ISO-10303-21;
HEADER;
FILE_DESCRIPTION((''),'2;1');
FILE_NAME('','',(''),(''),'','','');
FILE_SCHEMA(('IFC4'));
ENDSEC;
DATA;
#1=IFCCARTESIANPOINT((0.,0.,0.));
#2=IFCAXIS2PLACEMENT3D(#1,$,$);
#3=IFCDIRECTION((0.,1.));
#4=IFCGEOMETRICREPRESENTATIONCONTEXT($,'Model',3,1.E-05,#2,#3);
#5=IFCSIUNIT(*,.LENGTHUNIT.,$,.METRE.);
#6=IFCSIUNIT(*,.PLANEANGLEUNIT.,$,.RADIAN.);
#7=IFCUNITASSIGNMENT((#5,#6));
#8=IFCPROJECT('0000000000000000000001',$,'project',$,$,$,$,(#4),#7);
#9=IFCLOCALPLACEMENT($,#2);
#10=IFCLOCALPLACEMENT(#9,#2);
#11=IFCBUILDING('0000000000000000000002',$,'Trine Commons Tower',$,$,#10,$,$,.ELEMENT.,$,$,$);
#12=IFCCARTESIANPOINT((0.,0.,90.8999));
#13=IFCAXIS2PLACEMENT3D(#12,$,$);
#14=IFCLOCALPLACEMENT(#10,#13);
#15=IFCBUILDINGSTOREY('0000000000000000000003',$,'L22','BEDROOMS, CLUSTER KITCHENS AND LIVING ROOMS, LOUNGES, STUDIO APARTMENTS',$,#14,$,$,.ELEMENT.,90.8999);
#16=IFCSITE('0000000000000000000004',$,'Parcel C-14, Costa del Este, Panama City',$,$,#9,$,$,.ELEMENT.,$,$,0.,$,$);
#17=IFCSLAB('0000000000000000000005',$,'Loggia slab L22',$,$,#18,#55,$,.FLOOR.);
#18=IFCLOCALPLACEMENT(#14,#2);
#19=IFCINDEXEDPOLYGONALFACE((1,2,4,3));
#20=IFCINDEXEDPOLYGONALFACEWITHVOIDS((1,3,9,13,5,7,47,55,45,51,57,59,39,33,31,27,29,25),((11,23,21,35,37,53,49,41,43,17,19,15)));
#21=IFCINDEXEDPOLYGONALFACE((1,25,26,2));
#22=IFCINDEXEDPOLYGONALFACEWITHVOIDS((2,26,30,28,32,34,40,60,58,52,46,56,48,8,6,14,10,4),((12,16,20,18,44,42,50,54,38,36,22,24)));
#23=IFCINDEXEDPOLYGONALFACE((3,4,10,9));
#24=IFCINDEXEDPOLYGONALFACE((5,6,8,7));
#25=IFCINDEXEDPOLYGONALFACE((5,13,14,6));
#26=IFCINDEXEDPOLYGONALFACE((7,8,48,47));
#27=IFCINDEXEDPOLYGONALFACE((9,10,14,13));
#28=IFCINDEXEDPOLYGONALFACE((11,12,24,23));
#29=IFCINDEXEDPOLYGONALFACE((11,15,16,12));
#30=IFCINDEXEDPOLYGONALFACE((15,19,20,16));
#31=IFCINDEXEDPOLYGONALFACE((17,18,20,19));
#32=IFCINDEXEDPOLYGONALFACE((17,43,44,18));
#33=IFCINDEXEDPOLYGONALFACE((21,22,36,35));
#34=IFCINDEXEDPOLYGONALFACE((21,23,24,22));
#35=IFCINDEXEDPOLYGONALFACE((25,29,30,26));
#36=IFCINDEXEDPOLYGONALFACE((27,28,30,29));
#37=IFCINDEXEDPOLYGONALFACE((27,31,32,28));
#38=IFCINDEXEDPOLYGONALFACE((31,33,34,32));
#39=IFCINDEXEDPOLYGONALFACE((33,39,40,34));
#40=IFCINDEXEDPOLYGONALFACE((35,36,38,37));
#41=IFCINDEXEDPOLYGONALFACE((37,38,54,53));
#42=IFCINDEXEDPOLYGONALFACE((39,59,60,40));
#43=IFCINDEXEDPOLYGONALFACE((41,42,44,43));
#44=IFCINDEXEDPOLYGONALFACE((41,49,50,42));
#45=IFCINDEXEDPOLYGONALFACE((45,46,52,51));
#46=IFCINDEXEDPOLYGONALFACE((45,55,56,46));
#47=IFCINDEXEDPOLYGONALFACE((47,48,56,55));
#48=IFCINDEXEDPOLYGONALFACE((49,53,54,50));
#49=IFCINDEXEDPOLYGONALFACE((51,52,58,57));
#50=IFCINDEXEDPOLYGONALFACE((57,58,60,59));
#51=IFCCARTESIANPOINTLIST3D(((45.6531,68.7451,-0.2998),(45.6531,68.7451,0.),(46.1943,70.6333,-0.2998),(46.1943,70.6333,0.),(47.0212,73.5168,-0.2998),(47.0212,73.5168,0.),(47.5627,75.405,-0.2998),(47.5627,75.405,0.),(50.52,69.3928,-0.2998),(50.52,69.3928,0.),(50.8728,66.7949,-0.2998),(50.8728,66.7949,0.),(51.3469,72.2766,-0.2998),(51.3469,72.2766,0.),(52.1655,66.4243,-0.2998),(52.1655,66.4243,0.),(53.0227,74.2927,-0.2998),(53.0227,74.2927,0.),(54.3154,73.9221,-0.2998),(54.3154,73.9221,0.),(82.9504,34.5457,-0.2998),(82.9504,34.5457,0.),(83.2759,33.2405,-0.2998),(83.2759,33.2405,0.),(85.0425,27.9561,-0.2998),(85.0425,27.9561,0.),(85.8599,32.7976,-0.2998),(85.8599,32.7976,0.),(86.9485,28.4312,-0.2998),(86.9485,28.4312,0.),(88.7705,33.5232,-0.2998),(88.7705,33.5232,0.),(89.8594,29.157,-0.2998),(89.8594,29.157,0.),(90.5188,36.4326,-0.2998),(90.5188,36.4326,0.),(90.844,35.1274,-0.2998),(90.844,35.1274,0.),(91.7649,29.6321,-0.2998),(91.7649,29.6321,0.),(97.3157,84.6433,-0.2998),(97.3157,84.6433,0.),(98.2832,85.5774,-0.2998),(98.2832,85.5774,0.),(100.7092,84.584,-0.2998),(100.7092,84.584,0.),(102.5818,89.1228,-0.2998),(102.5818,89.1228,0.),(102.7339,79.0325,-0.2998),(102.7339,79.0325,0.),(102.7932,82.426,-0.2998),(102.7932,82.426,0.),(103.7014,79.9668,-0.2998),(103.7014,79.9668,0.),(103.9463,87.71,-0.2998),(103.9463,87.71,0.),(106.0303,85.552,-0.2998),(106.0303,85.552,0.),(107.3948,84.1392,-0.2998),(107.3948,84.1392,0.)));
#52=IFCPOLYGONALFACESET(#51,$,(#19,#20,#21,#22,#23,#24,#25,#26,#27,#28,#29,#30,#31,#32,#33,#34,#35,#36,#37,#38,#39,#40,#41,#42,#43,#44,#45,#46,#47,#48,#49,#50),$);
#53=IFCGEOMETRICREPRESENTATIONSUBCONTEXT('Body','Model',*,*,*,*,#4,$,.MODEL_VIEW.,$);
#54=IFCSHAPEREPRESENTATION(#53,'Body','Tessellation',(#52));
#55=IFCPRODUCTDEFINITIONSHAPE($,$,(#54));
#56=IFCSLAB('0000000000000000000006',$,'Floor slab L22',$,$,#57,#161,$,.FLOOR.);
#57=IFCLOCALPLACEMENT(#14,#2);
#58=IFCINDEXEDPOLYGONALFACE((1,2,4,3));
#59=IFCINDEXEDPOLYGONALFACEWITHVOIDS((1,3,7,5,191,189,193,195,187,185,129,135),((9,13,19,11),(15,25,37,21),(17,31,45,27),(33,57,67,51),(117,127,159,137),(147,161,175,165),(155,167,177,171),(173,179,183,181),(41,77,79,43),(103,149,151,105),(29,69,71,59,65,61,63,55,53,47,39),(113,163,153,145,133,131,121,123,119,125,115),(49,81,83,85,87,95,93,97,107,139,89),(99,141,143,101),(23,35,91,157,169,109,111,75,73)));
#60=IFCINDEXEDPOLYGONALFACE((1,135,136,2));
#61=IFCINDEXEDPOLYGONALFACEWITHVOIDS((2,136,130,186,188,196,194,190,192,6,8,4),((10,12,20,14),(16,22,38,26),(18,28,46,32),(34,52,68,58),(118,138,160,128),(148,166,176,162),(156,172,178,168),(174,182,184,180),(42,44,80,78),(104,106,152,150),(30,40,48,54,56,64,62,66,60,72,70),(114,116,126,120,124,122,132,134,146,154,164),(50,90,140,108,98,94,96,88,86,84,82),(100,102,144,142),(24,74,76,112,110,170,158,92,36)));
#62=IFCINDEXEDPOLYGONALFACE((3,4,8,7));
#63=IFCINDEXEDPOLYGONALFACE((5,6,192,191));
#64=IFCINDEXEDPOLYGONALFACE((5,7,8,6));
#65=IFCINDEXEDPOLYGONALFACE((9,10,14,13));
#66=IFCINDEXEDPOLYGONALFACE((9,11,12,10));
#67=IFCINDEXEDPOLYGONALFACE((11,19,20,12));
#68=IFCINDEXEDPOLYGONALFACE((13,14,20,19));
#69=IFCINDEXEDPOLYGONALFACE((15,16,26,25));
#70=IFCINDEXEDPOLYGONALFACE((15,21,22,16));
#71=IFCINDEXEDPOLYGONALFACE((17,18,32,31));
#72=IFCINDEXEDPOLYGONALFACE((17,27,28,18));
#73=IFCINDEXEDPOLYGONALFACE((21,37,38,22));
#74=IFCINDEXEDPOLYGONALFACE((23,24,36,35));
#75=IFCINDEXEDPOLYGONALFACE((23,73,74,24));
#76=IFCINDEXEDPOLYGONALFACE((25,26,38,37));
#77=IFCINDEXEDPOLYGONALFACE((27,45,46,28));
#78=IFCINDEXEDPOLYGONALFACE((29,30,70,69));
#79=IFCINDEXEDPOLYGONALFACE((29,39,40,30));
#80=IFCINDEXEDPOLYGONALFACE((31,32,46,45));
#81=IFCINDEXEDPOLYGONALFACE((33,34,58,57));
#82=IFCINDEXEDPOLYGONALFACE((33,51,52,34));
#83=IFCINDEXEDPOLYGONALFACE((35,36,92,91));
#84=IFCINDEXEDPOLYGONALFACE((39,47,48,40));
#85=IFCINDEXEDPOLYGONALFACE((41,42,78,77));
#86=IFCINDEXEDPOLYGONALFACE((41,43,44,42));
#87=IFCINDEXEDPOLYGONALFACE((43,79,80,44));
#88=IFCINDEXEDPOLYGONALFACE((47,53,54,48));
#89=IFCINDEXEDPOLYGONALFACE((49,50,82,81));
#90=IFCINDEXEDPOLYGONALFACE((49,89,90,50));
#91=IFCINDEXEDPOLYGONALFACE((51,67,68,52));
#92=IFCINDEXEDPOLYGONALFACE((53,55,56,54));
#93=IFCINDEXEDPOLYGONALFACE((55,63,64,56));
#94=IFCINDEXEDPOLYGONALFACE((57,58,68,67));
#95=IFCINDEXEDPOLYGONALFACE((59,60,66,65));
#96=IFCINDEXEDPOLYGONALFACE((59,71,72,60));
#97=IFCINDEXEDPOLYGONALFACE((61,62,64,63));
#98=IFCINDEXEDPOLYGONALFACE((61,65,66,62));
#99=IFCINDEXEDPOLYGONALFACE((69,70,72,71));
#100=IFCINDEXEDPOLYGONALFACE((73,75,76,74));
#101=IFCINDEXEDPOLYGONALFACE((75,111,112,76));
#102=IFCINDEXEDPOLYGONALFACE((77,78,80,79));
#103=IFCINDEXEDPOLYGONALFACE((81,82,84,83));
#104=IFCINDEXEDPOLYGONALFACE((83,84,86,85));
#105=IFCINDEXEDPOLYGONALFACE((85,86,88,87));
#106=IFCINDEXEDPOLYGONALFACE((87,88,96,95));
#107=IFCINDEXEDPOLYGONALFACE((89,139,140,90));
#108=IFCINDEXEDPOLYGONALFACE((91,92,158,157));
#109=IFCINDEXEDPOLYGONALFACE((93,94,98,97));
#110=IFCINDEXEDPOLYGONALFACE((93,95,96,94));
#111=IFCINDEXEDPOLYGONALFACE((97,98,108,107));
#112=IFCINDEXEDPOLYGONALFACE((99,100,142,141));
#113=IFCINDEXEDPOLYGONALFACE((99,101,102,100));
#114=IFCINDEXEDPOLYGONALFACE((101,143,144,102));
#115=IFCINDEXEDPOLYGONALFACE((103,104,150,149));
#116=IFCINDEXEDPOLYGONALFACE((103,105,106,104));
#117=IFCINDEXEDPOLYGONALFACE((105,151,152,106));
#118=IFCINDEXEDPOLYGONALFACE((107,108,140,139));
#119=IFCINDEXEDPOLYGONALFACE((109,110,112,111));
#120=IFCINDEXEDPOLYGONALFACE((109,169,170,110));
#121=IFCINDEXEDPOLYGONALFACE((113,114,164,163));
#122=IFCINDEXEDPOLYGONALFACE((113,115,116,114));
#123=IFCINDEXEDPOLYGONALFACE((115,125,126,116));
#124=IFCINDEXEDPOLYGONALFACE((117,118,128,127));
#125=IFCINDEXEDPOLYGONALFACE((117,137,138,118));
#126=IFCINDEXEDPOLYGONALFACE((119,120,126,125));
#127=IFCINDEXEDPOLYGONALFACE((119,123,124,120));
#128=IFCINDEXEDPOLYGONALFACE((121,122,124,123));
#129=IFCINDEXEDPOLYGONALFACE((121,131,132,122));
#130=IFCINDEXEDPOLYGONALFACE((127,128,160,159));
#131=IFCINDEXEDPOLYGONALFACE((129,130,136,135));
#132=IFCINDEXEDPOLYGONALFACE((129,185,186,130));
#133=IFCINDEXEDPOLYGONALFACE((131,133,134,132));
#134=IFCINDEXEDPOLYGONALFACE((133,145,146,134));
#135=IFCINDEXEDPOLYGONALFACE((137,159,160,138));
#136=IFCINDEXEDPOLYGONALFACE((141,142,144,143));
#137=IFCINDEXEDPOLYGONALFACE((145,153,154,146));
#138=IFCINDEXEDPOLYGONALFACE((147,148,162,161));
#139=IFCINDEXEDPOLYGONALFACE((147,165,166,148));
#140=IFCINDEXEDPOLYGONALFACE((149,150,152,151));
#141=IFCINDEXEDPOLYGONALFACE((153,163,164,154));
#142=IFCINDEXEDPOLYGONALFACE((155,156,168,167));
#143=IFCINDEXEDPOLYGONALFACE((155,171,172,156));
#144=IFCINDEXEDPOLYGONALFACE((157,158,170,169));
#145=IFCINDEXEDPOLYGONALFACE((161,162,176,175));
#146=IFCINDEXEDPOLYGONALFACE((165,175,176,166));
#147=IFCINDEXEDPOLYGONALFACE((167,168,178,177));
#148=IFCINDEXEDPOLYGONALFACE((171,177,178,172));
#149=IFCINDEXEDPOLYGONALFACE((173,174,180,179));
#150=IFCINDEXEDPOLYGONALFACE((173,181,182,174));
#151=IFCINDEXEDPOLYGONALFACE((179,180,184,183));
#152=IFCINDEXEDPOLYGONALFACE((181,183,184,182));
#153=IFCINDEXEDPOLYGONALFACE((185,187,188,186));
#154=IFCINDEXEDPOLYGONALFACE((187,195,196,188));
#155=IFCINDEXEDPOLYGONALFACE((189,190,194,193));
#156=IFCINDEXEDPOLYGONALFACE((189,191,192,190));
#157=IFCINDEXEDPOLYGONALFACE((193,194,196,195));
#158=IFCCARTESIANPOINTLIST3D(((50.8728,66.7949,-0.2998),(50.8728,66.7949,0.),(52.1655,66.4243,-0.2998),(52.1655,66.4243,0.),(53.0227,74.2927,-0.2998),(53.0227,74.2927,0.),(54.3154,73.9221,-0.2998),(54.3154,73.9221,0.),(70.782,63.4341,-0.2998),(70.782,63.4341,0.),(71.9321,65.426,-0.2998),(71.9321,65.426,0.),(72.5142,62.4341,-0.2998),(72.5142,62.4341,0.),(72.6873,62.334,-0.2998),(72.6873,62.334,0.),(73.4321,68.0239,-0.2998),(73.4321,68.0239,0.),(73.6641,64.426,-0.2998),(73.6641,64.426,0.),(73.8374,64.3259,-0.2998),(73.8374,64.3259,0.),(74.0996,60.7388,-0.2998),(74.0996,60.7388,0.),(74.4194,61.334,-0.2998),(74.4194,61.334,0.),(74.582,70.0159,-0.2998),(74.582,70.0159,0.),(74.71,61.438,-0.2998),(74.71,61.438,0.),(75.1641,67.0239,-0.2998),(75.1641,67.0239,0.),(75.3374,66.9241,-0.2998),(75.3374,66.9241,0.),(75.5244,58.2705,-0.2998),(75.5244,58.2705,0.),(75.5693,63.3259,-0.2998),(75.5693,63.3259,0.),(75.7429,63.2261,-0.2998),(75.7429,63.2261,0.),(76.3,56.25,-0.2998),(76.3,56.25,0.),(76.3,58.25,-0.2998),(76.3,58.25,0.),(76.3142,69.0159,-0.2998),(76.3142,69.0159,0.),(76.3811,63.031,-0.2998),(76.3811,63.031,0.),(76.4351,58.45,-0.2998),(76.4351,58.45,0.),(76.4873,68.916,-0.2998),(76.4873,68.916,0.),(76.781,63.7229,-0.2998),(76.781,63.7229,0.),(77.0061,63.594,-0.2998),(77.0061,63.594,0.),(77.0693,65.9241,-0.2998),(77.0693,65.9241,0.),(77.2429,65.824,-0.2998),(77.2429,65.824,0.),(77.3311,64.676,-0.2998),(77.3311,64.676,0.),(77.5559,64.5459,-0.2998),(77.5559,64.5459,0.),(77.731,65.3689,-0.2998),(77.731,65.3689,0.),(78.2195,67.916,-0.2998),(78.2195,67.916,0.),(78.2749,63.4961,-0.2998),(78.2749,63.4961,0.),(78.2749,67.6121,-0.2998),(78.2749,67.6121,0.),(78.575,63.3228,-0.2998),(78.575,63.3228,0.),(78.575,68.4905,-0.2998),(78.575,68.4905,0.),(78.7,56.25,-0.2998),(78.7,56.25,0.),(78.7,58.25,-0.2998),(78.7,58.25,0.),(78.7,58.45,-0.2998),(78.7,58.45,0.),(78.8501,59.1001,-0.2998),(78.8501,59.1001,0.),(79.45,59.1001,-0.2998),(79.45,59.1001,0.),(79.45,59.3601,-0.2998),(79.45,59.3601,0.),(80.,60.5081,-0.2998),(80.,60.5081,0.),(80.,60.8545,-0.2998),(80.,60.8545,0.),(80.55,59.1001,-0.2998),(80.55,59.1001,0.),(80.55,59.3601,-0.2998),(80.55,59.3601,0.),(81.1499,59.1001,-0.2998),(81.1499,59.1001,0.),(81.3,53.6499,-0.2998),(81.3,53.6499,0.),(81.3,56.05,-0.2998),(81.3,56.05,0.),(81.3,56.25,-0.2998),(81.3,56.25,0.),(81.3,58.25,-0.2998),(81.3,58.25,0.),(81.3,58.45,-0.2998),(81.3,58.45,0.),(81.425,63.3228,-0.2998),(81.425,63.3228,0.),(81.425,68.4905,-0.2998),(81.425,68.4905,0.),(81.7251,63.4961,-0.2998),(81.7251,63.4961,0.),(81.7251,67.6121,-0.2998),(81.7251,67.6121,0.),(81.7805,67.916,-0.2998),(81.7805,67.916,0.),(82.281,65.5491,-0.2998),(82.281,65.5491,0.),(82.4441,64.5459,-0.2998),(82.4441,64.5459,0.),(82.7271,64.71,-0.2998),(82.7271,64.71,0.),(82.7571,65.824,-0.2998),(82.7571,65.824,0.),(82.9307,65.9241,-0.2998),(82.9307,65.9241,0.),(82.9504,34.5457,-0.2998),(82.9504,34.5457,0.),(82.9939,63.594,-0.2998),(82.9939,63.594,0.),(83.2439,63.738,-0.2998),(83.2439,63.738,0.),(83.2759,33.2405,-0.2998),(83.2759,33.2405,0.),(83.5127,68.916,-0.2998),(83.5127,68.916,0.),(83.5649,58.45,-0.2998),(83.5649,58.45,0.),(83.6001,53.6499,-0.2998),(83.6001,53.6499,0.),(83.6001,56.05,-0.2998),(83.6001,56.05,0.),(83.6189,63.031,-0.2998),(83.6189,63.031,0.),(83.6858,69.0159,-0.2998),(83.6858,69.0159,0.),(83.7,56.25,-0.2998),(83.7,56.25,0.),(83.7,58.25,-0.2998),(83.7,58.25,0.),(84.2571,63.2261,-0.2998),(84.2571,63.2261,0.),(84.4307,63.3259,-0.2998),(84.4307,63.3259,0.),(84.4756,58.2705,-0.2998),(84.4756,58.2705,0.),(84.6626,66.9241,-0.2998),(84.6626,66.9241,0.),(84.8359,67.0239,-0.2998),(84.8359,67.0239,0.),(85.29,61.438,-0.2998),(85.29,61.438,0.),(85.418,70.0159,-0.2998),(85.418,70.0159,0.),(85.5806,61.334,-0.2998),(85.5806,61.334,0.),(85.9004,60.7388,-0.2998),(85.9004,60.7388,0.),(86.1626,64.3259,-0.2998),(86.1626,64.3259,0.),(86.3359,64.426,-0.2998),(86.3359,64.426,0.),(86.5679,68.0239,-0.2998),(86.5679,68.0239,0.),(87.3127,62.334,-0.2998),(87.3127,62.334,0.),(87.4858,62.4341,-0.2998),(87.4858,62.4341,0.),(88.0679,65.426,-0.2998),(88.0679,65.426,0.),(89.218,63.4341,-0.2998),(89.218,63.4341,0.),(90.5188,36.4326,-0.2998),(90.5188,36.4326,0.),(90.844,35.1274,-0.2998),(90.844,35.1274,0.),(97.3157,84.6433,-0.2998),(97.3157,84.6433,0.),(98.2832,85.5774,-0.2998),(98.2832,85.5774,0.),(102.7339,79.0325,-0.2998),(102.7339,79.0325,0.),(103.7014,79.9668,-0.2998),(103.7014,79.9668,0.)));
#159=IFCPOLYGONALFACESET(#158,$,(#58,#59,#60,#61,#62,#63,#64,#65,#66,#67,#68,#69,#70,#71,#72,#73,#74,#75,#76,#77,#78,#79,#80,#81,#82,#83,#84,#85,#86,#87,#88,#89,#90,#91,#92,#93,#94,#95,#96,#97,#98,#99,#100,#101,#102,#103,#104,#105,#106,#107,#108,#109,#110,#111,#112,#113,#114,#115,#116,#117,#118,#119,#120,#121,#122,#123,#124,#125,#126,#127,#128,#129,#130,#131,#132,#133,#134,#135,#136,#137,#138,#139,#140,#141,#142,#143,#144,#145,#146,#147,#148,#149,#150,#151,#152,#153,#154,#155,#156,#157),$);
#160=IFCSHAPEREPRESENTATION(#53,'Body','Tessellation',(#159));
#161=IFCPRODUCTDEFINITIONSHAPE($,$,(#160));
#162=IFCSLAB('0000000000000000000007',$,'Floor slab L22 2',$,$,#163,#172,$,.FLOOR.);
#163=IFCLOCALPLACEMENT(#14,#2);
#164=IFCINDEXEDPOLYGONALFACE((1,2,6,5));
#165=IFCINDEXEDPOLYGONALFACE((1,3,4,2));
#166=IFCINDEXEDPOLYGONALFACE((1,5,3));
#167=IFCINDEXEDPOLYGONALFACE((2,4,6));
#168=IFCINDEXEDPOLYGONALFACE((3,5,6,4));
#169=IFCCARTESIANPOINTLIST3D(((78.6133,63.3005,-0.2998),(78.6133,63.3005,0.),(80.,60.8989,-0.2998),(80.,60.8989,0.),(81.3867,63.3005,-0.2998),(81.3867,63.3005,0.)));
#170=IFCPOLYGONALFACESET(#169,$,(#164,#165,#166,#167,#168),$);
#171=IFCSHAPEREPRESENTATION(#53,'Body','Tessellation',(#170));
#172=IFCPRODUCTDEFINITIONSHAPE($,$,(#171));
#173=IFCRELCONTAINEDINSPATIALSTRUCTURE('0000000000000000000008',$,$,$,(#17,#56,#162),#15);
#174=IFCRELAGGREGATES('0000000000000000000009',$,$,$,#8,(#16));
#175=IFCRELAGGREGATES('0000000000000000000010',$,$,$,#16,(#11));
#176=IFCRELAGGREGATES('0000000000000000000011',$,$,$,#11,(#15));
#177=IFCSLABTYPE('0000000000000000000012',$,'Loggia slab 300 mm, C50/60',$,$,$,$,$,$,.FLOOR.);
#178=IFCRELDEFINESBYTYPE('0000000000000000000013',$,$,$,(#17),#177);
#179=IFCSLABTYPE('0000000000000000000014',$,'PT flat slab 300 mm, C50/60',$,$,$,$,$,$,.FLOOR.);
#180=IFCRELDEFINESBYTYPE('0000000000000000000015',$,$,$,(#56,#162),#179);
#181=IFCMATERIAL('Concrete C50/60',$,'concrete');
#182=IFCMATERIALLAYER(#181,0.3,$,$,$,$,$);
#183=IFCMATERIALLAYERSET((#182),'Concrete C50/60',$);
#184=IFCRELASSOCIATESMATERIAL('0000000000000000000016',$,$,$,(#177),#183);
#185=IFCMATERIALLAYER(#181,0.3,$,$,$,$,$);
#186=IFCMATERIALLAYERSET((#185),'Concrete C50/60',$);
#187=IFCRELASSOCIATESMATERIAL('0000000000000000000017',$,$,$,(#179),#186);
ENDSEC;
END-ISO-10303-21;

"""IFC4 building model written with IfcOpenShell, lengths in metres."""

from ifc_helpers import new_model, si_unit, direction, frame, origin, place, context, subcontext, project, spatial, polyline, outline, extrude, material, layer, layer_set, type_object, element, save


model = new_model("IFC4")

# Units and contexts
model_context = context("Model", 3, precision=1e-05, world=origin(), true_north=direction((0.0, 1.0)))
body_context = subcontext(model_context, "Body", "Model", "MODEL_VIEW")
ifc_project = project(units=[si_unit("LENGTHUNIT", "METRE"), si_unit("PLANEANGLEUNIT", "RADIAN")], contexts=[model_context])

# Site, building, storey
site_placement = place(None, origin())
site = spatial("IfcSite", under=ifc_project, at=site_placement, Name="Parcel C-14, Costa del Este, Panama City", CompositionType="ELEMENT", RefElevation=0.0)
building_placement = place(site_placement, origin())
building = spatial("IfcBuilding", under=site, at=building_placement, Name="Trine Commons Tower", CompositionType="ELEMENT")
storey_placement = place(building_placement, frame((0.0, 0.0, 90.8999)))
storey = spatial("IfcBuildingStorey", under=building, at=storey_placement, Name="L22", Description="BEDROOMS, CLUSTER KITCHENS AND LIVING ROOMS, LOUNGES, STUDIO APARTMENTS", CompositionType="ELEMENT", Elevation=90.8999)

# Slabs
ifc_material_1 = material(Name="Concrete C50/60", Category="concrete")
ifc_layer_1 = layer(ifc_material_1, 0.3)
ifc_layer_set_1 = layer_set([ifc_layer_1], Name="Concrete C50/60")
slab_type_1 = type_object("IfcSlabType", Name="Loggia slab 300 mm, C50/60", PredefinedType="FLOOR", material=ifc_layer_set_1)
slab_1_placement = place(storey_placement, frame((0.0, 0.0, -0.2998)))
element("IfcSlab", 1, at=slab_1_placement, inside=storey, type_object=slab_type_1, Name="Loggia slab L22", PredefinedType="FLOOR", context=body_context, shape_type="SweptSolid", body=[
    extrude(outline(polyline([(91.7649, 29.6321), (107.3948, 84.1392), (106.0303, 85.552), (102.7932, 82.426), (100.7092, 84.584), (103.9463, 87.71), (102.5818, 89.1228), (47.5627, 75.405), (47.0212, 73.5168), (51.3469, 72.2766), (50.52, 69.3928), (46.1943, 70.6333), (45.6531, 68.7451), (85.0425, 27.9561), (86.9485, 28.4312), (85.8599, 32.7976), (88.7705, 33.5232), (89.8594, 29.157), (91.7649, 29.6321)]), holes=[polyline([(83.2759, 33.2405), (82.9504, 34.5457), (90.5188, 36.4326), (90.844, 35.1274), (103.7014, 79.9668), (102.7339, 79.0325), (97.3157, 84.6433), (98.2832, 85.5774), (53.0227, 74.2927), (54.3154, 73.9221), (52.1655, 66.4243), (50.8728, 66.7949), (83.2759, 33.2405)])]), origin(), (0.0, 0.0, 1.0), 0.2998),
])
ifc_layer_2 = layer(ifc_material_1, 0.3)
ifc_layer_set_2 = layer_set([ifc_layer_2], Name="Concrete C50/60")
slab_type_2 = type_object("IfcSlabType", Name="PT flat slab 300 mm, C50/60", PredefinedType="FLOOR", material=ifc_layer_set_2)
slab_2_placement = place(storey_placement, frame((0.0, 0.0, -0.2998)))
element("IfcSlab", 2, at=slab_2_placement, inside=storey, type_object=slab_type_2, Name="Floor slab L22", PredefinedType="FLOOR", context=body_context, shape_type="SweptSolid", body=[
    extrude(outline(polyline([(50.8728, 66.7949), (83.2759, 33.2405), (82.9504, 34.5457), (90.5188, 36.4326), (90.844, 35.1274), (103.7014, 79.9668), (102.7339, 79.0325), (97.3157, 84.6433), (98.2832, 85.5774), (53.0227, 74.2927), (54.3154, 73.9221), (52.1655, 66.4243), (50.8728, 66.7949)]), holes=[polyline([(76.3, 56.25), (78.7, 56.25), (78.7, 58.25), (76.3, 58.25), (76.3, 56.25)]), polyline([(81.1499, 59.1001), (81.3, 58.45), (83.5649, 58.45), (80.0, 60.5081), (76.4351, 58.45), (78.7, 58.45), (78.8501, 59.1001), (79.45, 59.1001), (79.45, 59.3601), (80.55, 59.3601), (80.55, 59.1001), (81.1499, 59.1001)]), polyline([(80.0, 60.8545), (84.4756, 58.2705), (85.9004, 60.7388), (81.425, 63.3228), (81.425, 68.4905), (78.575, 68.4905), (78.575, 63.3228), (74.0996, 60.7388), (75.5244, 58.2705), (80.0, 60.8545)]), polyline([(73.8374, 64.3259), (72.6873, 62.334), (74.4194, 61.334), (75.5693, 63.3259), (73.8374, 64.3259)]), polyline([(71.9321, 65.426), (70.782, 63.4341), (72.5142, 62.4341), (73.6641, 64.426), (71.9321, 65.426)]), polyline([(76.781, 63.7229), (76.3811, 63.031), (75.7429, 63.2261), (74.71, 61.438), (78.2749, 63.4961), (78.2749, 67.6121), (77.2429, 65.824), (77.731, 65.3689), (77.3311, 64.676), (77.5559, 64.5459), (77.0061, 63.594), (76.781, 63.7229)]), polyline([(76.4873, 68.916), (75.3374, 66.9241), (77.0693, 65.9241), (78.2195, 67.916), (76.4873, 68.916)]), polyline([(74.582, 70.0159), (73.4321, 68.0239), (75.1641, 67.0239), (76.3142, 69.0159), (74.582, 70.0159)]), polyline([(81.3, 53.6499), (83.6001, 53.6499), (83.6001, 56.05), (81.3, 56.05), (81.3, 53.6499)]), polyline([(81.3, 56.25), (83.7, 56.25), (83.7, 58.25), (81.3, 58.25), (81.3, 56.25)]), polyline([(87.3127, 62.334), (86.1626, 64.3259), (84.4307, 63.3259), (85.5806, 61.334), (87.3127, 62.334)]), polyline([(89.218, 63.4341), (88.0679, 65.426), (86.3359, 64.426), (87.4858, 62.4341), (89.218, 63.4341)]), polyline([(83.2439, 63.738), (82.9939, 63.594), (82.4441, 64.5459), (82.7271, 64.71), (82.281, 65.5491), (82.7571, 65.824), (81.7251, 67.6121), (81.7251, 63.4961), (85.29, 61.438), (84.2571, 63.2261), (83.6189, 63.031), (83.2439, 63.738)]), polyline([(82.9307, 65.9241), (84.6626, 66.9241), (83.5127, 68.916), (81.7805, 67.916), (82.9307, 65.9241)]), polyline([(84.8359, 67.0239), (86.5679, 68.0239), (85.418, 70.0159), (83.6858, 69.0159), (84.8359, 67.0239)])]), origin(), (0.0, 0.0, 1.0), 0.2998),
])
slab_3_placement = place(storey_placement, frame((0.0, 0.0, -0.2998)))
element("IfcSlab", 3, at=slab_3_placement, inside=storey, type_object=slab_type_2, Name="Floor slab L22 2", PredefinedType="FLOOR", context=body_context, shape_type="SweptSolid", body=[
    extrude(outline(polyline([(78.6133, 63.3005), (80.0, 60.8989), (81.3867, 63.3005), (78.6133, 63.3005)])), origin(), (0.0, 0.0, 1.0), 0.2998),
])

save(model, "model.ifc")
